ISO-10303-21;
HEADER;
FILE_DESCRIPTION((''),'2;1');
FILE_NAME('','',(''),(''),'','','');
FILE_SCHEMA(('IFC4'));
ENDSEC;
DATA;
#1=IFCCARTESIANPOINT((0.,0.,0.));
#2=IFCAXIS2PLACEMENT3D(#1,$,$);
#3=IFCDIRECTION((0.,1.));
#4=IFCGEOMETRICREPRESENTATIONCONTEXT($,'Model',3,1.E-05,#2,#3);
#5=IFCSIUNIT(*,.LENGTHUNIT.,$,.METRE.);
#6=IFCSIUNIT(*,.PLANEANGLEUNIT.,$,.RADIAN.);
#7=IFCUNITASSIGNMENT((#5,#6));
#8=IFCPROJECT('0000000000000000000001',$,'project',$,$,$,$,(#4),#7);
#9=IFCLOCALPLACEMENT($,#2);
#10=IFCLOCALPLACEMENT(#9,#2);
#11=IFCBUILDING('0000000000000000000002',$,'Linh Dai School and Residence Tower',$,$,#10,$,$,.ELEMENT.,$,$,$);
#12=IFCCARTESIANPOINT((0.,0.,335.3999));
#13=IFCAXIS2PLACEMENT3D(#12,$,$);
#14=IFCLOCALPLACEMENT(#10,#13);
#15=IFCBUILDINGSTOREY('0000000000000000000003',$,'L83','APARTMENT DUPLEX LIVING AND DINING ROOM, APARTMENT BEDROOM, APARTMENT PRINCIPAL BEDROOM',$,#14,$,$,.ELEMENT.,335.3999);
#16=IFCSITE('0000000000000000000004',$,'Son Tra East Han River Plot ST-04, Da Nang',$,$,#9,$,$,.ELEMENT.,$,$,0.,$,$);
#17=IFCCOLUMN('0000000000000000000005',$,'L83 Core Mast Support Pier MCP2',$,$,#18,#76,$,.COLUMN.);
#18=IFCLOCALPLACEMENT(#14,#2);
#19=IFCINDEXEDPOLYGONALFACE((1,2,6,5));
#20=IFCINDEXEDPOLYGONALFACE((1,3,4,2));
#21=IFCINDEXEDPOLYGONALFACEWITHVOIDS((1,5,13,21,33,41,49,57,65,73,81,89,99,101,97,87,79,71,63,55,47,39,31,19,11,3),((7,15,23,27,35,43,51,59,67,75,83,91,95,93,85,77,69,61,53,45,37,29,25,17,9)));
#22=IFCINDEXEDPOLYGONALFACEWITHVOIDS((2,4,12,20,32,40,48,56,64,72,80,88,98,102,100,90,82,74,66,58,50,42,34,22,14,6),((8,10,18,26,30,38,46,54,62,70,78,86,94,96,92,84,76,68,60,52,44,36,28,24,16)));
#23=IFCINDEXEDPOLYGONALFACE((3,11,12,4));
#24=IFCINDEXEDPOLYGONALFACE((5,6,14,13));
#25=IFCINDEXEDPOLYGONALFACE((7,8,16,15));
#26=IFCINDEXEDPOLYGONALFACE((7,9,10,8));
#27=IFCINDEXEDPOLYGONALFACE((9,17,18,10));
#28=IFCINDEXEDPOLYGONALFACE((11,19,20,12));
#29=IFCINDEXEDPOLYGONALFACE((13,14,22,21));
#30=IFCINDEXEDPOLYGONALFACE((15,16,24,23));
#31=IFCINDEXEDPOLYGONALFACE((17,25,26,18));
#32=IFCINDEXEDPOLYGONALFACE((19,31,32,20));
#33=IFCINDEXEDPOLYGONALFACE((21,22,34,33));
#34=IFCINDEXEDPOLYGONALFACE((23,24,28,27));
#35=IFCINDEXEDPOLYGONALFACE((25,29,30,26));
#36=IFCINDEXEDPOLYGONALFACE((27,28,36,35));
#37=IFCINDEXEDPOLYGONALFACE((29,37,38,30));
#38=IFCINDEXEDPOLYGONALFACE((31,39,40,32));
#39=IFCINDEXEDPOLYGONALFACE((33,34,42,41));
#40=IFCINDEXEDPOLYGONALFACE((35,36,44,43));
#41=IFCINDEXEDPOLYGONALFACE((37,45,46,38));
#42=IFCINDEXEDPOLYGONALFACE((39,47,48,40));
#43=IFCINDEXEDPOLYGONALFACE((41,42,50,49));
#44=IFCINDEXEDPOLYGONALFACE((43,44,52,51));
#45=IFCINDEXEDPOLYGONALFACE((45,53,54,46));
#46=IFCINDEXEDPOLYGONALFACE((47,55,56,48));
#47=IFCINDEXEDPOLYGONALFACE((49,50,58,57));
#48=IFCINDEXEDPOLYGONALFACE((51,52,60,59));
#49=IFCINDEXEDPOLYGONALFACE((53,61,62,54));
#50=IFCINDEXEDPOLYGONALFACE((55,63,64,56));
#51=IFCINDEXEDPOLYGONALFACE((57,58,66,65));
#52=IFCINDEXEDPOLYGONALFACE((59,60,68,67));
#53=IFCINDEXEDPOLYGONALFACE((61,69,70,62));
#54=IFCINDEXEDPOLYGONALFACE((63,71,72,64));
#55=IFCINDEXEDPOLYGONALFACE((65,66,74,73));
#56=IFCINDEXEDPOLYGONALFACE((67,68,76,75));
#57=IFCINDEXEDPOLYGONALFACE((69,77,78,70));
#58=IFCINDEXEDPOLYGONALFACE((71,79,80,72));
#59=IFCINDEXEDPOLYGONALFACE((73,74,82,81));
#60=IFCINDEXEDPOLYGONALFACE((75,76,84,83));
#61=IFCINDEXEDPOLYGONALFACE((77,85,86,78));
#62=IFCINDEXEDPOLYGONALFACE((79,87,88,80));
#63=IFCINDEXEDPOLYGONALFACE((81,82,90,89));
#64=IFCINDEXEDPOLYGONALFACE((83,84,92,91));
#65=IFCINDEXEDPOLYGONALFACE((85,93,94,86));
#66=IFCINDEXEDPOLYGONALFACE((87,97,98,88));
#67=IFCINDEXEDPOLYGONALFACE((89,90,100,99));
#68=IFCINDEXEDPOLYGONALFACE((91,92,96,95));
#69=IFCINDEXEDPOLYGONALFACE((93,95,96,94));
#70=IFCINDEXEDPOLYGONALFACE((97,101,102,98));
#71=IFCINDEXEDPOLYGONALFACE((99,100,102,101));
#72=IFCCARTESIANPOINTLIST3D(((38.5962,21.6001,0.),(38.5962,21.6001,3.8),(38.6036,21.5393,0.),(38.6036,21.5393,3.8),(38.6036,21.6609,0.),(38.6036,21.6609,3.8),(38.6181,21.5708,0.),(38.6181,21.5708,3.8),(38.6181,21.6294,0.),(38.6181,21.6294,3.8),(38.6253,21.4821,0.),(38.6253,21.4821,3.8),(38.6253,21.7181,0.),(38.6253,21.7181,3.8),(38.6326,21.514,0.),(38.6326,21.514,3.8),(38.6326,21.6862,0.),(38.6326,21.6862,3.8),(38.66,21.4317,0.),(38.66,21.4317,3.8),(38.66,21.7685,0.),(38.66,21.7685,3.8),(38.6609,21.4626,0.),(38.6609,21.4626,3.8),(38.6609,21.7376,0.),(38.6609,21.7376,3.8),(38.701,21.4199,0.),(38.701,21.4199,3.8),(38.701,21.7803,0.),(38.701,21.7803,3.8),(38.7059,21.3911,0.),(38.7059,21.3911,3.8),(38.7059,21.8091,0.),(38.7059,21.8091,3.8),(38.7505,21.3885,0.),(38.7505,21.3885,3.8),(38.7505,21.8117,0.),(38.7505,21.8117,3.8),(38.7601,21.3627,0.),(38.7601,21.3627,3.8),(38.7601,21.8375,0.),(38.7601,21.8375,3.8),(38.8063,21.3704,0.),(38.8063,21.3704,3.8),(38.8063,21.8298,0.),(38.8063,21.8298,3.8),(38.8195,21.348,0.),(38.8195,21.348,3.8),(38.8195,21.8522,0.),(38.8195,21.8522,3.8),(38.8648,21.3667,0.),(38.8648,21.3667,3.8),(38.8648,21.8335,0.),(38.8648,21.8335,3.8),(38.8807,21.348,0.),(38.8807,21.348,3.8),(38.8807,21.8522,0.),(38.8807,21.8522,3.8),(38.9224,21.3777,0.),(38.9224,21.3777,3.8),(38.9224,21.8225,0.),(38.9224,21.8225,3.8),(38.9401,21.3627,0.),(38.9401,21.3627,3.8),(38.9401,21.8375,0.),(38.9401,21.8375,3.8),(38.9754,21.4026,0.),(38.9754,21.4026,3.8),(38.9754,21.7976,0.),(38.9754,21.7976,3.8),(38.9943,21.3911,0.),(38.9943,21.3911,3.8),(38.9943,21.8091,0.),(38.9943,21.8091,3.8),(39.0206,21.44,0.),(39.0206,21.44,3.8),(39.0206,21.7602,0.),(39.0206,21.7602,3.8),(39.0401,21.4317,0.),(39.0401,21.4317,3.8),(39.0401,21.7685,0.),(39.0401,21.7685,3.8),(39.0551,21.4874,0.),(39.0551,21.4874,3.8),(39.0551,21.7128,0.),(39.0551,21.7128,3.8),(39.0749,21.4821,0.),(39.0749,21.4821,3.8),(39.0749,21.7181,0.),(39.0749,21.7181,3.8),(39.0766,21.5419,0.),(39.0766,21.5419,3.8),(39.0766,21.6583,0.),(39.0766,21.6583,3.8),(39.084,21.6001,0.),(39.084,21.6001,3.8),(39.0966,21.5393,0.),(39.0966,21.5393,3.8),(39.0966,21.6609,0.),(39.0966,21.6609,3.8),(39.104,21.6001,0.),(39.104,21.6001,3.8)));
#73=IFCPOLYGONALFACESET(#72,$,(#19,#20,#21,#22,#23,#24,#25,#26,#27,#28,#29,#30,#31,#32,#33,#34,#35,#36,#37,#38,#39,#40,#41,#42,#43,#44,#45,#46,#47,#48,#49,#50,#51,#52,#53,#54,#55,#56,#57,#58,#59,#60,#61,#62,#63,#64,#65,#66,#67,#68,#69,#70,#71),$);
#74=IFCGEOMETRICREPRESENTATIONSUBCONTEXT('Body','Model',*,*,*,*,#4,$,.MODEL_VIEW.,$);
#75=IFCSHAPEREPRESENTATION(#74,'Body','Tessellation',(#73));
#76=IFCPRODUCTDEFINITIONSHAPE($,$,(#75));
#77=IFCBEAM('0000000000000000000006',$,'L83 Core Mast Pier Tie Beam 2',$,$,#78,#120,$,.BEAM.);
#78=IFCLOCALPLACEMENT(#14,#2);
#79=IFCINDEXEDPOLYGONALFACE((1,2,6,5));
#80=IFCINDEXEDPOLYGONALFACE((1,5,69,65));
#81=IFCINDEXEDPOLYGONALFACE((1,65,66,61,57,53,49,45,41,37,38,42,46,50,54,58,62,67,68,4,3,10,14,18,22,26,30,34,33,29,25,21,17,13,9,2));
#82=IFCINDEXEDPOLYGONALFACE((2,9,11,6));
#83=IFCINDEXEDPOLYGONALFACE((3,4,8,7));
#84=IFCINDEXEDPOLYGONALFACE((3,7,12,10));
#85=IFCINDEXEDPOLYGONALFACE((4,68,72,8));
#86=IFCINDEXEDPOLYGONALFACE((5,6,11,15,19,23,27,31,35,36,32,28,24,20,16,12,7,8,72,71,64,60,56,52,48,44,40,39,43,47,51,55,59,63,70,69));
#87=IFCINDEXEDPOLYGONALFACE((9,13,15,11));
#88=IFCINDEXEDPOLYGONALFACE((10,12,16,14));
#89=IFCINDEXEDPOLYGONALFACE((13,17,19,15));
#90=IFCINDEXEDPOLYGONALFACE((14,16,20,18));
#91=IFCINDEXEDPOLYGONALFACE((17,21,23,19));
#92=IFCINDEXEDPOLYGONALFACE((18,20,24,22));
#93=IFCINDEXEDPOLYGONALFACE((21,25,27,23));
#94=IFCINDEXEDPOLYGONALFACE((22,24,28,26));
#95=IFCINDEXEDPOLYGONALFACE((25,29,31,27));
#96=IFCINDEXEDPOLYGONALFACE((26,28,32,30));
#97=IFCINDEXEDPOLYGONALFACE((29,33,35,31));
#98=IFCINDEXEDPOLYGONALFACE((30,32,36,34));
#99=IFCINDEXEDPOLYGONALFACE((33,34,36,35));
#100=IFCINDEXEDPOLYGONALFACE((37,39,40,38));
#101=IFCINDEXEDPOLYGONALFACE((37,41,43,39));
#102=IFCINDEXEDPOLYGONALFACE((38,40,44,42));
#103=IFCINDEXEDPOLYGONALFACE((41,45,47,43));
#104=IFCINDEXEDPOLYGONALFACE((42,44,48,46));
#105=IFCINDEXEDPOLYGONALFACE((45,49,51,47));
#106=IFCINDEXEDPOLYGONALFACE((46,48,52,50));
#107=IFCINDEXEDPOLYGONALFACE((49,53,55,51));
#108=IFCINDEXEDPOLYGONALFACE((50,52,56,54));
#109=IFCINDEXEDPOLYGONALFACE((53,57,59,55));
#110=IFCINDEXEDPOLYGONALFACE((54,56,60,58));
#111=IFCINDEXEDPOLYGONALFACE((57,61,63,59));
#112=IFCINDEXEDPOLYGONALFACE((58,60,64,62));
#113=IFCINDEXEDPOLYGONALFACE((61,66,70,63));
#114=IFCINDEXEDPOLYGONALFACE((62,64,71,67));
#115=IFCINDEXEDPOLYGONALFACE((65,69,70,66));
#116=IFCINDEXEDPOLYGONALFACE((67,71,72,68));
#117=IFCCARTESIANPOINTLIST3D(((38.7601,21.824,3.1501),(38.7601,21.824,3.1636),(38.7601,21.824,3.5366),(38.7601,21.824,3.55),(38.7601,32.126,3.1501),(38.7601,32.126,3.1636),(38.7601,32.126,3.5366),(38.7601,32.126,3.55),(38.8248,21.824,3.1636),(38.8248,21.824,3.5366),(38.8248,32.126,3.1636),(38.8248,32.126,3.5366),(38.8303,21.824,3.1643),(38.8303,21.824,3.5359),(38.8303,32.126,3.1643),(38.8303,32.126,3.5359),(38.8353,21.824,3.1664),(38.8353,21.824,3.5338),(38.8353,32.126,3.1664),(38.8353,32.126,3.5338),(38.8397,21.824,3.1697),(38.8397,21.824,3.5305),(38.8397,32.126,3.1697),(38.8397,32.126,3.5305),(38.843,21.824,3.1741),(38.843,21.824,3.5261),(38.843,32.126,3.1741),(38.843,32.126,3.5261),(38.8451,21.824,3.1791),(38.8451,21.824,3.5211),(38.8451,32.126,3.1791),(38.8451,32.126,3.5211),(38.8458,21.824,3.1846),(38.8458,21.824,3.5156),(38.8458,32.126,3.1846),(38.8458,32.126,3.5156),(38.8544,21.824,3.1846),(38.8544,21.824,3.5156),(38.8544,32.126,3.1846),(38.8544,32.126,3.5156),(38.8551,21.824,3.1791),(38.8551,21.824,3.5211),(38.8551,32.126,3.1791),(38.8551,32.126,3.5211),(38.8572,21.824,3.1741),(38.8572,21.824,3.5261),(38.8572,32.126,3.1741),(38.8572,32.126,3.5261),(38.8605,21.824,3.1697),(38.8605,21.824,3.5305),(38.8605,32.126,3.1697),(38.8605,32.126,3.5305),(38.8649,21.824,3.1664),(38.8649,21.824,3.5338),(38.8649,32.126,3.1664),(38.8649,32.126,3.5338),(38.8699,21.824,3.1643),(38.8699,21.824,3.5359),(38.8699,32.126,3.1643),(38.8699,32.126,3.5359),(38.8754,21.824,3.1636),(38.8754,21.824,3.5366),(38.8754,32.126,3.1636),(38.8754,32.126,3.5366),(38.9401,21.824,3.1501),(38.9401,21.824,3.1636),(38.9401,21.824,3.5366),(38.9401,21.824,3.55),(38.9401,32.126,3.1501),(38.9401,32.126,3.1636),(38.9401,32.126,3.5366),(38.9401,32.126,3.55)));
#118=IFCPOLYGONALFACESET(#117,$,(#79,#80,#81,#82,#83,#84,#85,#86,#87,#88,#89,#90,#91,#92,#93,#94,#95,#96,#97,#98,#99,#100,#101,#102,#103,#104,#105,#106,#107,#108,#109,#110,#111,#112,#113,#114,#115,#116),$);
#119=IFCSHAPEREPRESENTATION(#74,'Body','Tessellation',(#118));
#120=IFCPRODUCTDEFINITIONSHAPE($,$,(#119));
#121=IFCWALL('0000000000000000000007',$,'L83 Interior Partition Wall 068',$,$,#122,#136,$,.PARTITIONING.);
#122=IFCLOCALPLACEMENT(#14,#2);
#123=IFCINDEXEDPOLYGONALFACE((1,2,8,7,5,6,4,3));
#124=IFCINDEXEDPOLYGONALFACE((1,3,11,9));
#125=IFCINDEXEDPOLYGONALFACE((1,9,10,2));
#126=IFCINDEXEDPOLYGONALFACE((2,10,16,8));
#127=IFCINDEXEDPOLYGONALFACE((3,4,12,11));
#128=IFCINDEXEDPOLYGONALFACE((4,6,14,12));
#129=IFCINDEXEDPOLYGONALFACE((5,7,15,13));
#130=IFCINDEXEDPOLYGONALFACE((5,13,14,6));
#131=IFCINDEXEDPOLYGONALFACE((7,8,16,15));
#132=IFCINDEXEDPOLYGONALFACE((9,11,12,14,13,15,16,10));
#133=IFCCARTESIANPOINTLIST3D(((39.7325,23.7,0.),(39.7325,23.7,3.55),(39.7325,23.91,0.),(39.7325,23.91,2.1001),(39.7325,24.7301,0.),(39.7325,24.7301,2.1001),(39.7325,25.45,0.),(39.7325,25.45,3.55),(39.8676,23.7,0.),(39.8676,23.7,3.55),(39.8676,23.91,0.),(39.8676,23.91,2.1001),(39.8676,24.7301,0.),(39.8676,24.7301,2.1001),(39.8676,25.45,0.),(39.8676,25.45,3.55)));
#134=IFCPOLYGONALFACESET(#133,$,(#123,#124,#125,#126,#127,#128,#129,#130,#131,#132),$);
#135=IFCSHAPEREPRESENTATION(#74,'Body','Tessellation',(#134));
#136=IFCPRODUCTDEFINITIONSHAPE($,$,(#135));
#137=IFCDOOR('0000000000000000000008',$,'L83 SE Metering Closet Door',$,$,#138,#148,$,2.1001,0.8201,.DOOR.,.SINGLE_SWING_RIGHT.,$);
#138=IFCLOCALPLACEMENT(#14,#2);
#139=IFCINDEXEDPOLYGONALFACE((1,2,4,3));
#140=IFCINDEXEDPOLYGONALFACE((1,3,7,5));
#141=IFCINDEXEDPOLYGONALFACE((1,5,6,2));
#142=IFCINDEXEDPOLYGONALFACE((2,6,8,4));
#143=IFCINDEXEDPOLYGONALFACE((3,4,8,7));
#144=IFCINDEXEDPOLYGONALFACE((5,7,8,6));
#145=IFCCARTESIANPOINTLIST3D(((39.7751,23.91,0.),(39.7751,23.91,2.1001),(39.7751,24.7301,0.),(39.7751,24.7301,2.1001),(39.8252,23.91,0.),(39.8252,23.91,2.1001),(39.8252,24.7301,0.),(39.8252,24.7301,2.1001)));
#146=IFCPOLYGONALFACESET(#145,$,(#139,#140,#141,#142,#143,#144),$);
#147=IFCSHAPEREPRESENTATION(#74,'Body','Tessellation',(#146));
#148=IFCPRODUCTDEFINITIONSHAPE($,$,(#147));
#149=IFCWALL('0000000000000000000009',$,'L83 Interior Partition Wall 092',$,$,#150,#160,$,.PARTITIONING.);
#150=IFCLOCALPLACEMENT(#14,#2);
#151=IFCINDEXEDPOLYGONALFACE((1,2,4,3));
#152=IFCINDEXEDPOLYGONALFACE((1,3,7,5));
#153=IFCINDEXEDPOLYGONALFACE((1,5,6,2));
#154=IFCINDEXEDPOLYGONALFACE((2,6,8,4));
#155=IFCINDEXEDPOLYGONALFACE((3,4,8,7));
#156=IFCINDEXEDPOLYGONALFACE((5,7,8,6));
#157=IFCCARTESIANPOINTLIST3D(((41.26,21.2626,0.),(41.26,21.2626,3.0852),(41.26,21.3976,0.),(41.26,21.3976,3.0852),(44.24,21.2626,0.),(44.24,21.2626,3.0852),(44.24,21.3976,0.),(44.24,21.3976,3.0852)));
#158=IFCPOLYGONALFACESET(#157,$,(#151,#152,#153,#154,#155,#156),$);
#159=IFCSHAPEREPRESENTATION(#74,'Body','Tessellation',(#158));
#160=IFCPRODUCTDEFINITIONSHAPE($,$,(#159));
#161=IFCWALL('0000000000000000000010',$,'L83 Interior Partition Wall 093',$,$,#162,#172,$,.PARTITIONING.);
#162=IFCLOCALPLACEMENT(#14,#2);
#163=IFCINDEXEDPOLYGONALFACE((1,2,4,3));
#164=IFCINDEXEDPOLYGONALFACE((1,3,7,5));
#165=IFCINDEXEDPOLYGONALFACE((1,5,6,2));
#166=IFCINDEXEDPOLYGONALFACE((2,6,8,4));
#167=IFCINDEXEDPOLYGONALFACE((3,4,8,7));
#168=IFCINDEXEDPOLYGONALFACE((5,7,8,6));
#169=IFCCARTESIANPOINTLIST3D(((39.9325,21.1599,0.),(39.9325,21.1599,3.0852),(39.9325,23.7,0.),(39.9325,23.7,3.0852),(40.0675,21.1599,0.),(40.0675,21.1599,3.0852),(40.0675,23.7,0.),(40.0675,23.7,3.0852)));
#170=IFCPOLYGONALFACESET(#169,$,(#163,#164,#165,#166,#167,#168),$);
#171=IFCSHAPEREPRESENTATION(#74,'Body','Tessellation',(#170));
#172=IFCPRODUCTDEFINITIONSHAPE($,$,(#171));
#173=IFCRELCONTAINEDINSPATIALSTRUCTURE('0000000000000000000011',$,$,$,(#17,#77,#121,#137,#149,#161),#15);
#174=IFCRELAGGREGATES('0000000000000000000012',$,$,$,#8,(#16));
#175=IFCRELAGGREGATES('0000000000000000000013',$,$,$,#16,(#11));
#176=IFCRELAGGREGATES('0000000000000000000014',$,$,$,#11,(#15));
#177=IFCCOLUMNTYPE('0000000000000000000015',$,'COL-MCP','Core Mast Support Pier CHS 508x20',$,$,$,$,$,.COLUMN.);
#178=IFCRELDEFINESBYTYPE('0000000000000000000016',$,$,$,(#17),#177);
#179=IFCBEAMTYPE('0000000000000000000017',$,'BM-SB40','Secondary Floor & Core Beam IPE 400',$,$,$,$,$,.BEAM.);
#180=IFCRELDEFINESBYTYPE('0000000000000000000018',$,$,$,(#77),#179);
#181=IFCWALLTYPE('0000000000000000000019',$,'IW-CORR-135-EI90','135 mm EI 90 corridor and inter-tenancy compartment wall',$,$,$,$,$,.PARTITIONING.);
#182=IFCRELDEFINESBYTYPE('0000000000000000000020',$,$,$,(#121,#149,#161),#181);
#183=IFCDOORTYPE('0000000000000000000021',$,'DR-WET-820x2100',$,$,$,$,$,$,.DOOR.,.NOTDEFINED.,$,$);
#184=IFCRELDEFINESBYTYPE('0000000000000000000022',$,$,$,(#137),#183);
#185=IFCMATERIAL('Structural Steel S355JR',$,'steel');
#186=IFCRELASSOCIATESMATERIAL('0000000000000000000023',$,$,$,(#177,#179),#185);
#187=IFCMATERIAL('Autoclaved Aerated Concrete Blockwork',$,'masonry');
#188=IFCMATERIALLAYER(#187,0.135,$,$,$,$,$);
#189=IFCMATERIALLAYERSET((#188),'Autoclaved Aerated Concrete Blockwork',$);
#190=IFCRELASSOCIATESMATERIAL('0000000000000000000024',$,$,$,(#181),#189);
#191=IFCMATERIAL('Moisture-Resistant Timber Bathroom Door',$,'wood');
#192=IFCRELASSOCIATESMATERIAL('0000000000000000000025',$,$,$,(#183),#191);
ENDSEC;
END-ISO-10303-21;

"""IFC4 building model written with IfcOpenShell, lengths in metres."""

from ifc_helpers import new_model, si_unit, direction, frame, frame_2d, origin, origin_2d, place, context, subcontext, project, spatial, rectangle, hollow_circle, i_section, extrude, source, transform, mapped, material, layer, layer_set, material_profile, profile_set, type_object, element, fill, save


model = new_model("IFC4")

# Units and contexts
model_context = context("Model", 3, precision=1e-05, world=origin(), true_north=direction((0.0, 1.0)))
body_context = subcontext(model_context, "Body", "Model", "MODEL_VIEW")
ifc_project = project(units=[si_unit("LENGTHUNIT", "METRE"), si_unit("PLANEANGLEUNIT", "RADIAN")], contexts=[model_context])

# Site, building, storey
site_placement = place(None, origin())
site = spatial("IfcSite", under=ifc_project, at=site_placement, Name="Son Tra East Han River Plot ST-04, Da Nang", CompositionType="ELEMENT", RefElevation=0.0)
building_placement = place(site_placement, origin())
building = spatial("IfcBuilding", under=site, at=building_placement, Name="Linh Dai School and Residence Tower", CompositionType="ELEMENT")
storey_placement = place(building_placement, frame((0.0, 0.0, 335.3999)))
storey = spatial("IfcBuildingStorey", under=building, at=storey_placement, Name="L83", Description="APARTMENT DUPLEX LIVING AND DINING ROOM, APARTMENT BEDROOM, APARTMENT PRINCIPAL BEDROOM", CompositionType="ELEMENT", Elevation=335.3999)

# Column
ifc_material_1 = material(Name="Structural Steel S355JR", Category="steel")
ifc_material_profile_1 = material_profile(ifc_material_1, hollow_circle(Radius=0.2539, WallThickness=0.02, at=origin_2d()), Name="CHS 508x20")
ifc_profile_set_1 = profile_set([ifc_material_profile_1], Name="Structural Steel S355JR")
column_type_1 = type_object("IfcColumnType", Name="COL-MCP", Description="Core Mast Support Pier CHS 508x20", PredefinedType="COLUMN", material=ifc_profile_set_1)
column_placement = place(storey_placement, frame((38.8501, 21.6001, 0.0), z_axis=(0.0, 0.0, 1.0), x_axis=(1.0, 0.0, 0.0)))
element("IfcColumn", 1, at=column_placement, inside=storey, type_object=column_type_1, Name="L83 Core Mast Support Pier MCP2", PredefinedType="COLUMN", context=body_context, shape_type="SweptSolid", body=[
    extrude(hollow_circle(Radius=0.2539, WallThickness=0.02, at=origin_2d()), origin(), (0.0, 0.0, 1.0), 3.8),
])

# Beam
ifc_material_profile_2 = material_profile(ifc_material_1, i_section(OverallWidth=0.1799, OverallDepth=0.3999, WebThickness=0.0085, FlangeThickness=0.0134, FilletRadius=0.021, at=origin_2d()), Name="IPE 400")
ifc_profile_set_2 = profile_set([ifc_material_profile_2], Name="Structural Steel S355JR")
beam_type = type_object("IfcBeamType", Name="BM-SB40", Description="Secondary Floor & Core Beam IPE 400", PredefinedType="BEAM", material=ifc_profile_set_2)
beam_placement = place(storey_placement, frame((38.8501, 21.824, 3.3501), z_axis=(0.0, 1.0, 0.0), x_axis=(-1.0, 0.0, 0.0)))
element("IfcBeam", 2, at=beam_placement, inside=storey, type_object=beam_type, Name="L83 Core Mast Pier Tie Beam 2", PredefinedType="BEAM", context=body_context, shape_type="SweptSolid", body=[
    extrude(i_section(OverallWidth=0.1799, OverallDepth=0.3999, WebThickness=0.0085, FlangeThickness=0.0134, FilletRadius=0.021, at=origin_2d()), origin(), (0.0, 0.0, 1.0), 10.302),
])

# Wall, opening, door
ifc_material_2 = material(Name="Autoclaved Aerated Concrete Blockwork", Category="masonry")
ifc_layer_1 = layer(ifc_material_2, 0.135)
ifc_layer_set_1 = layer_set([ifc_layer_1], Name="Autoclaved Aerated Concrete Blockwork")
wall_type_1 = type_object("IfcWallType", Name="IW-CORR-135-EI90", Description="135 mm EI 90 corridor and inter-tenancy compartment wall", PredefinedType="PARTITIONING", material=ifc_layer_set_1)
wall_1_placement = place(storey_placement, frame((39.8, 23.7, 0.0), z_axis=(0.0, 0.0, 1.0), x_axis=(0.0, 1.0, 0.0)))
wall_1 = element("IfcWall", 3, at=wall_1_placement, inside=storey, type_object=wall_type_1, Name="L83 Interior Partition Wall 068", PredefinedType="PARTITIONING", context=body_context, shape_type="SweptSolid", body=[
    extrude(rectangle(XDim=1.75, YDim=0.135, at=frame_2d((0.875, 0.0))), origin(), (0.0, 0.0, 1.0), 3.55),
])
opening_1_placement = place(wall_1_placement, frame((0.21, 0.0, 0.0)))
opening_1 = element("IfcOpeningElement", 4, at=opening_1_placement, cuts=wall_1, PredefinedType="OPENING", context=body_context, shape_type="SweptSolid", body=[
    extrude(rectangle(XDim=0.8201, YDim=2.1001, at=origin_2d()), frame((0.4102, 0.0776, 1.05), z_axis=(0.0, -1.0, 0.0), x_axis=(1.0, 0.0, 0.0)), (0.0, 0.0, 1.0), 0.155),
])
ifc_material_3 = material(Name="Moisture-Resistant Timber Bathroom Door", Category="wood")
door_type_1 = type_object("IfcDoorType", Name="DR-WET-820x2100", OperationType="NOTDEFINED", PredefinedType="DOOR", material=ifc_material_3)
shared_shape_1 = source(origin(), body_context, "Body", "SweptSolid", [
    extrude(rectangle(XDim=0.8201, YDim=2.1001, at=origin_2d()), frame((0.4102, 0.0249, 1.05), z_axis=(0.0, -1.0, 0.0), x_axis=(1.0, 0.0, 0.0)), (0.0, 0.0, 1.0), 0.05),
])
door_1_placement = place(opening_1_placement, origin())
door_1 = element("IfcDoor", 5, at=door_1_placement, inside=storey, type_object=door_type_1, Name="L83 SE Metering Closet Door", OperationType="SINGLE_SWING_RIGHT", OverallHeight=2.1001, OverallWidth=0.8201, PredefinedType="DOOR", context=body_context, shape_type="MappedRepresentation", body=[
    mapped(shared_shape_1, transform((0.0, 0.0, 0.0), x_axis=(1.0, 0.0, 0.0), y_axis=(0.0, 1.0, 0.0), z_axis=(0.0, 0.0, 1.0), scale=1.0)),
])
fill(opening_1, door_1)

# Walls
wall_2_placement = place(storey_placement, frame((44.24, 21.3301, 0.0), z_axis=(0.0, 0.0, 1.0), x_axis=(-1.0, 0.0, 0.0)))
element("IfcWall", 6, at=wall_2_placement, inside=storey, type_object=wall_type_1, Name="L83 Interior Partition Wall 092", PredefinedType="PARTITIONING", context=body_context, shape_type="SweptSolid", body=[
    extrude(rectangle(XDim=2.98, YDim=0.135, at=frame_2d((1.49, 0.0))), origin(), (0.0, 0.0, 1.0), 3.0852),
])
wall_3_placement = place(storey_placement, frame((40.0, 23.7, 0.0), z_axis=(0.0, 0.0, 1.0), x_axis=(0.0, -1.0, 0.0)))
element("IfcWall", 7, at=wall_3_placement, inside=storey, type_object=wall_type_1, Name="L83 Interior Partition Wall 093", PredefinedType="PARTITIONING", context=body_context, shape_type="SweptSolid", body=[
    extrude(rectangle(XDim=2.54, YDim=0.135, at=frame_2d((1.27, 0.0))), origin(), (0.0, 0.0, 1.0), 3.0852),
])

save(model, "model.ifc")
